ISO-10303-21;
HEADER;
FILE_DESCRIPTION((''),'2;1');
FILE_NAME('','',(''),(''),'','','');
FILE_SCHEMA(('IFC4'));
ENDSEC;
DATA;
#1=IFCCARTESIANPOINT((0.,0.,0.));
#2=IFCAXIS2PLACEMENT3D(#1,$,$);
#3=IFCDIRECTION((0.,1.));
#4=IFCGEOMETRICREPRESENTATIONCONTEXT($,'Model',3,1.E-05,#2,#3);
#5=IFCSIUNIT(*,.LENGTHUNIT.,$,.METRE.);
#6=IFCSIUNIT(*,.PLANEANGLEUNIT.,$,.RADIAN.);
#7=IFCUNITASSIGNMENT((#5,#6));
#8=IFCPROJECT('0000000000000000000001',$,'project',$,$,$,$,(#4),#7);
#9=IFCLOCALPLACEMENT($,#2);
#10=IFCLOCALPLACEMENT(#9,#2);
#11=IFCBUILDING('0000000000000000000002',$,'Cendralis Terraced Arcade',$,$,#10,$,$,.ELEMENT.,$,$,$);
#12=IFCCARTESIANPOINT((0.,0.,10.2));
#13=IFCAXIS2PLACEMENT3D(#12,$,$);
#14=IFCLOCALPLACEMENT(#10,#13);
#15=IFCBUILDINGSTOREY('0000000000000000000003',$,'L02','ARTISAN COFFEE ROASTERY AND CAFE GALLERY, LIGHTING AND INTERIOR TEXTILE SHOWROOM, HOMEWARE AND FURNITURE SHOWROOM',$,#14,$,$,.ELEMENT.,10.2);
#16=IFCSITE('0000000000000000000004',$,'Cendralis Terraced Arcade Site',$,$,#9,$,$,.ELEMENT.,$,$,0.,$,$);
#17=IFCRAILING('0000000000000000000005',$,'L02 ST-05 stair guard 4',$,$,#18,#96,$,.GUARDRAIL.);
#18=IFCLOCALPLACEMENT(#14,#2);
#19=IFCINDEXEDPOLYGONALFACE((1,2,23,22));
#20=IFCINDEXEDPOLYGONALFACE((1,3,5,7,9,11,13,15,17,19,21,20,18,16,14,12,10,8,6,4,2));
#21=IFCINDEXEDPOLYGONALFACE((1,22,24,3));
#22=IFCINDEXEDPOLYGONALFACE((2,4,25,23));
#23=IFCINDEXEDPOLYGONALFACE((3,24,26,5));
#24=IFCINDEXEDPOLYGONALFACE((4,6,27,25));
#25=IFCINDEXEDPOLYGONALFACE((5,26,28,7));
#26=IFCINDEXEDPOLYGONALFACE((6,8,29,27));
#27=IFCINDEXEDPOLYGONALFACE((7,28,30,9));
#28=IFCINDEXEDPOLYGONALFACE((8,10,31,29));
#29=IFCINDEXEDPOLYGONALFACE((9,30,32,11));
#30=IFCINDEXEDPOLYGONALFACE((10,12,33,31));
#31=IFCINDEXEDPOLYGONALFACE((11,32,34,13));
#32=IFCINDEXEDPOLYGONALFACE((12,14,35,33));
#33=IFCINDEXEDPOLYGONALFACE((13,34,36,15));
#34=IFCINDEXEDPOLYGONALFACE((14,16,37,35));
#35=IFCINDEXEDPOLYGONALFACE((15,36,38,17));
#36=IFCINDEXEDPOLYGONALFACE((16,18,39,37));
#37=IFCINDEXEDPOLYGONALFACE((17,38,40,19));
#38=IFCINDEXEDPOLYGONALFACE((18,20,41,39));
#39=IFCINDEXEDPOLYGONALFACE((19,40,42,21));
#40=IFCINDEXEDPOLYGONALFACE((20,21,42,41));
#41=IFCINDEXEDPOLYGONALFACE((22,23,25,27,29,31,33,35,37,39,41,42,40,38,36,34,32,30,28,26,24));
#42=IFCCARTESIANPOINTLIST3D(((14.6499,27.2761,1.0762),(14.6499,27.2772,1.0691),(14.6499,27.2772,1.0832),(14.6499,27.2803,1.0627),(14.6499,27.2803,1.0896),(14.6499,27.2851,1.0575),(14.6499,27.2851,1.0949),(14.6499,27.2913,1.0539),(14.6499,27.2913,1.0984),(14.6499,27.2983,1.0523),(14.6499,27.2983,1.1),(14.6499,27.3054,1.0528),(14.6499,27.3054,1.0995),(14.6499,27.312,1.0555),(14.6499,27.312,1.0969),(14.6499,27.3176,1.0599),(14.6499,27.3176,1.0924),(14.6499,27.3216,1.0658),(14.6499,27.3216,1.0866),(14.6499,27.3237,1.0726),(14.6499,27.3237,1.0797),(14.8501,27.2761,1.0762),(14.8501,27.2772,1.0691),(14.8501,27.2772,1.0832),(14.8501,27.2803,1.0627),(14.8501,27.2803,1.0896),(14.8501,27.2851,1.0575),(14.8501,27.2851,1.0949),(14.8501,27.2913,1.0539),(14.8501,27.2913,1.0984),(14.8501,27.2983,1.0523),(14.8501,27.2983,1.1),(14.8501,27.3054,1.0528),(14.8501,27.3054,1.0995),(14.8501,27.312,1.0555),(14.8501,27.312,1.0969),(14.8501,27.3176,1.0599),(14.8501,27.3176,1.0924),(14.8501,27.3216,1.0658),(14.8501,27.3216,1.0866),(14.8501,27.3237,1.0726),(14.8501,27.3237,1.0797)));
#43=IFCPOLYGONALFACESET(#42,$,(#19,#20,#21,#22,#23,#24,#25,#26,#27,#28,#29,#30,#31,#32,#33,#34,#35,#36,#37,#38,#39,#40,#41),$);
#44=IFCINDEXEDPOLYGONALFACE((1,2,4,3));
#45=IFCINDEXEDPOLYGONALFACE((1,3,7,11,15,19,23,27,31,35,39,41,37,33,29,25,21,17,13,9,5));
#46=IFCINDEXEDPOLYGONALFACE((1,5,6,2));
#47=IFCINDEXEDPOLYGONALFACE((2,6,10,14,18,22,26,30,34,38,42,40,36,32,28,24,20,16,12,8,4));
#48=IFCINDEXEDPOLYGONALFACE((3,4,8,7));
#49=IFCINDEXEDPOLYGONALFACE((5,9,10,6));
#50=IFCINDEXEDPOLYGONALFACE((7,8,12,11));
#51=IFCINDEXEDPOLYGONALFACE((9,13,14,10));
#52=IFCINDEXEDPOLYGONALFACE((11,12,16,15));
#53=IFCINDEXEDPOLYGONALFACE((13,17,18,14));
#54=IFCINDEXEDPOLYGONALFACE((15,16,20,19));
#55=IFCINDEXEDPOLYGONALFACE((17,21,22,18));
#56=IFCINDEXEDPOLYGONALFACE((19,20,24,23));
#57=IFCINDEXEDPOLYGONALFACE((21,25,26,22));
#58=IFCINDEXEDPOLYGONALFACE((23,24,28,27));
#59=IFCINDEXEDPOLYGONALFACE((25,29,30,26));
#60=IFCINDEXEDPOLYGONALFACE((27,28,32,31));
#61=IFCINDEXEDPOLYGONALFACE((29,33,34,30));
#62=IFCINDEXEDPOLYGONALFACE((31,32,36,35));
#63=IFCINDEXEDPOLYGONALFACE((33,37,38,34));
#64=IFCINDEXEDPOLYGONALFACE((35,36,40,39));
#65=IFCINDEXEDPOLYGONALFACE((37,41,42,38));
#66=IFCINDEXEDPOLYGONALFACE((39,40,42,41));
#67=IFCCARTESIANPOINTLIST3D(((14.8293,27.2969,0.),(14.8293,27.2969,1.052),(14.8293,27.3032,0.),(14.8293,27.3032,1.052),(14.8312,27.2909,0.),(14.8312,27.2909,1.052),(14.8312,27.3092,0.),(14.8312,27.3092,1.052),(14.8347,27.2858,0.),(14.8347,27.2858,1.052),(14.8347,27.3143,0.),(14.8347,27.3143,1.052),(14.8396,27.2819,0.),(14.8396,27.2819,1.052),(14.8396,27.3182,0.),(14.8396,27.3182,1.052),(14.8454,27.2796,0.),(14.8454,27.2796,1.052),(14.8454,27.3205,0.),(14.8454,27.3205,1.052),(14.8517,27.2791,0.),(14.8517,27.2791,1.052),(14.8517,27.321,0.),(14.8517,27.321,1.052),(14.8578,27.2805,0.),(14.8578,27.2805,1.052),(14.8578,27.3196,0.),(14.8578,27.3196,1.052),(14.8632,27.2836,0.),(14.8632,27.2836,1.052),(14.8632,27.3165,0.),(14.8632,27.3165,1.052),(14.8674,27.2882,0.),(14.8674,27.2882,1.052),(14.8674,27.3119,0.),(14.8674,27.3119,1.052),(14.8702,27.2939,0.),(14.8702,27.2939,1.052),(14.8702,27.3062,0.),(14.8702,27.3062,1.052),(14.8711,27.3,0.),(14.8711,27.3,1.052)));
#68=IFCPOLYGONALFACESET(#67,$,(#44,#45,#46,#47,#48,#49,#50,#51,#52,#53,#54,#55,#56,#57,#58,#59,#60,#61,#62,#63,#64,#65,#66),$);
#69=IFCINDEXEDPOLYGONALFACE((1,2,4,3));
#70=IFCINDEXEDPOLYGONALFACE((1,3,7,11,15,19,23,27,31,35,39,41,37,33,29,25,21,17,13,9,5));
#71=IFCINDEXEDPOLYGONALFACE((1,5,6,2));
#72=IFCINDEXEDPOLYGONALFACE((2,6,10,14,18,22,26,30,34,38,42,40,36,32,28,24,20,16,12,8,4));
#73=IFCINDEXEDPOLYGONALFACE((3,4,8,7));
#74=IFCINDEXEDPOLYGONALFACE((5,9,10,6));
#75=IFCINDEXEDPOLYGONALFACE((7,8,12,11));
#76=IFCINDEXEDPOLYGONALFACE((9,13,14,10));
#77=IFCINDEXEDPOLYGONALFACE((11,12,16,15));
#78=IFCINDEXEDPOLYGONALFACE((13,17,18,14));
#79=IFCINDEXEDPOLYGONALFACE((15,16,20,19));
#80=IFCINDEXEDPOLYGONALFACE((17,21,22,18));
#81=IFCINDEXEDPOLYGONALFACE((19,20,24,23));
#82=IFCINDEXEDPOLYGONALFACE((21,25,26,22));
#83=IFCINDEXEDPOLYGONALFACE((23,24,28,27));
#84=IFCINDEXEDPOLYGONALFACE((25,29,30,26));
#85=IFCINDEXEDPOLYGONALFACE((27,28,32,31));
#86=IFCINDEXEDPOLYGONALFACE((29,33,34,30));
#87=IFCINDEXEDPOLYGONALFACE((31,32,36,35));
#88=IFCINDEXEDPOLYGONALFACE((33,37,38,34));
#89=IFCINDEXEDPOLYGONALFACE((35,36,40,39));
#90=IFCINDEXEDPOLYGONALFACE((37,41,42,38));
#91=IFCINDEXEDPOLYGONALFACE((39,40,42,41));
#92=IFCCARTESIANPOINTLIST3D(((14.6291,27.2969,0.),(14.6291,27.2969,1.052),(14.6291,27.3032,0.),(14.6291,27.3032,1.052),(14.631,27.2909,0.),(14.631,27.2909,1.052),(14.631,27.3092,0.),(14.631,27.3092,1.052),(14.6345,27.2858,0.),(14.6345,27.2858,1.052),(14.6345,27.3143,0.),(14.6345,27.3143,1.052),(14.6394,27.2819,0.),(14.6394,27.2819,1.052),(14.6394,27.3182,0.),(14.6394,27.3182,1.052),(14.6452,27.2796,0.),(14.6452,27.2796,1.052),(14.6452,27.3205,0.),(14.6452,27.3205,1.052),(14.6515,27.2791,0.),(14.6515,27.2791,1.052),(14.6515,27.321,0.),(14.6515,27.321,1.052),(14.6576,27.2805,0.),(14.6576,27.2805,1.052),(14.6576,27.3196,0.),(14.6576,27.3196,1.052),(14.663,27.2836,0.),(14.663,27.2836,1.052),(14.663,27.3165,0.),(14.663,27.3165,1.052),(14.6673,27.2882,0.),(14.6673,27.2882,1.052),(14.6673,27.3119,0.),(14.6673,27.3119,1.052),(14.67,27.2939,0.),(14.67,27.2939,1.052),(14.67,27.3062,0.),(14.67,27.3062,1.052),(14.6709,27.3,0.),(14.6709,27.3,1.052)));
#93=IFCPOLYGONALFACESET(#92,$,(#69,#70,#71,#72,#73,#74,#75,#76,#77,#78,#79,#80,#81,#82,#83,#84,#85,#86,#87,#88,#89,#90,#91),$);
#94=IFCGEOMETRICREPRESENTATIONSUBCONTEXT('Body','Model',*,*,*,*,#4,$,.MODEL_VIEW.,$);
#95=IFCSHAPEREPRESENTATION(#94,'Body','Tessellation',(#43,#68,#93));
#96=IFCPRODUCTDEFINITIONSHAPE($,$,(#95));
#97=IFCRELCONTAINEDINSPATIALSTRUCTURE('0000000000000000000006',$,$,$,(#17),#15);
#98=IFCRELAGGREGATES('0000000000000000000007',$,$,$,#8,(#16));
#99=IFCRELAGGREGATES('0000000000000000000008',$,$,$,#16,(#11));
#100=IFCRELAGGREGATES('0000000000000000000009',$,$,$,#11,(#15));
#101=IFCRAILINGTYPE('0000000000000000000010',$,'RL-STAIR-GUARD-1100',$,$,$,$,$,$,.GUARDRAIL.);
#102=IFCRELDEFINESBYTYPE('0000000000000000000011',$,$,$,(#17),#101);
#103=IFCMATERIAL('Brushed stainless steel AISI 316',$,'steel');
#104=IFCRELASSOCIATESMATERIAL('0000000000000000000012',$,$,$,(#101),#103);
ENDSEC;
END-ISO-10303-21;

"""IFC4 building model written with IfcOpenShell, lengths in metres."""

from ifc_helpers import new_model, si_unit, direction, frame, origin, origin_2d, place, context, subcontext, project, spatial, circle, extrude, material, type_object, element, save


model = new_model("IFC4")

# Units and contexts
model_context = context("Model", 3, precision=1e-05, world=origin(), true_north=direction((0.0, 1.0)))
body_context = subcontext(model_context, "Body", "Model", "MODEL_VIEW")
ifc_project = project(units=[si_unit("LENGTHUNIT", "METRE"), si_unit("PLANEANGLEUNIT", "RADIAN")], contexts=[model_context])

# Site, building, storey
site_placement = place(None, origin())
site = spatial("IfcSite", under=ifc_project, at=site_placement, Name="Cendralis Terraced Arcade Site", CompositionType="ELEMENT", RefElevation=0.0)
building_placement = place(site_placement, origin())
building = spatial("IfcBuilding", under=site, at=building_placement, Name="Cendralis Terraced Arcade", CompositionType="ELEMENT")
storey_placement = place(building_placement, frame((0.0, 0.0, 10.2)))
storey = spatial("IfcBuildingStorey", under=building, at=storey_placement, Name="L02", Description="ARTISAN COFFEE ROASTERY AND CAFE GALLERY, LIGHTING AND INTERIOR TEXTILE SHOWROOM, HOMEWARE AND FURNITURE SHOWROOM", CompositionType="ELEMENT", Elevation=10.2)

# Railing
ifc_material_1 = material(Name="Brushed stainless steel AISI 316", Category="steel")
railing_type_1 = type_object("IfcRailingType", Name="RL-STAIR-GUARD-1100", PredefinedType="GUARDRAIL", material=ifc_material_1)
railing_1_placement = place(storey_placement, frame((14.8501, 27.3, 0.0)))
element("IfcRailing", 1, at=railing_1_placement, inside=storey, type_object=railing_type_1, Name="L02 ST-05 stair guard 4", PredefinedType="GUARDRAIL", context=body_context, shape_type="SweptSolid", body=[
    extrude(circle(Radius=0.0239, at=origin_2d()), frame((0.0, 0.0, 1.0762), z_axis=(-1.0, 0.0, 0.0), x_axis=(0.0, -1.0, 0.0)), (0.0, 0.0, 1.0), 0.2002),
    extrude(circle(Radius=0.021, at=origin_2d()), origin(), (0.0, 0.0, 1.0), 1.052),
    extrude(circle(Radius=0.021, at=origin_2d()), frame((-0.2002, 0.0, 0.0)), (0.0, 0.0, 1.0), 1.052),
])

save(model, "model.ifc")
